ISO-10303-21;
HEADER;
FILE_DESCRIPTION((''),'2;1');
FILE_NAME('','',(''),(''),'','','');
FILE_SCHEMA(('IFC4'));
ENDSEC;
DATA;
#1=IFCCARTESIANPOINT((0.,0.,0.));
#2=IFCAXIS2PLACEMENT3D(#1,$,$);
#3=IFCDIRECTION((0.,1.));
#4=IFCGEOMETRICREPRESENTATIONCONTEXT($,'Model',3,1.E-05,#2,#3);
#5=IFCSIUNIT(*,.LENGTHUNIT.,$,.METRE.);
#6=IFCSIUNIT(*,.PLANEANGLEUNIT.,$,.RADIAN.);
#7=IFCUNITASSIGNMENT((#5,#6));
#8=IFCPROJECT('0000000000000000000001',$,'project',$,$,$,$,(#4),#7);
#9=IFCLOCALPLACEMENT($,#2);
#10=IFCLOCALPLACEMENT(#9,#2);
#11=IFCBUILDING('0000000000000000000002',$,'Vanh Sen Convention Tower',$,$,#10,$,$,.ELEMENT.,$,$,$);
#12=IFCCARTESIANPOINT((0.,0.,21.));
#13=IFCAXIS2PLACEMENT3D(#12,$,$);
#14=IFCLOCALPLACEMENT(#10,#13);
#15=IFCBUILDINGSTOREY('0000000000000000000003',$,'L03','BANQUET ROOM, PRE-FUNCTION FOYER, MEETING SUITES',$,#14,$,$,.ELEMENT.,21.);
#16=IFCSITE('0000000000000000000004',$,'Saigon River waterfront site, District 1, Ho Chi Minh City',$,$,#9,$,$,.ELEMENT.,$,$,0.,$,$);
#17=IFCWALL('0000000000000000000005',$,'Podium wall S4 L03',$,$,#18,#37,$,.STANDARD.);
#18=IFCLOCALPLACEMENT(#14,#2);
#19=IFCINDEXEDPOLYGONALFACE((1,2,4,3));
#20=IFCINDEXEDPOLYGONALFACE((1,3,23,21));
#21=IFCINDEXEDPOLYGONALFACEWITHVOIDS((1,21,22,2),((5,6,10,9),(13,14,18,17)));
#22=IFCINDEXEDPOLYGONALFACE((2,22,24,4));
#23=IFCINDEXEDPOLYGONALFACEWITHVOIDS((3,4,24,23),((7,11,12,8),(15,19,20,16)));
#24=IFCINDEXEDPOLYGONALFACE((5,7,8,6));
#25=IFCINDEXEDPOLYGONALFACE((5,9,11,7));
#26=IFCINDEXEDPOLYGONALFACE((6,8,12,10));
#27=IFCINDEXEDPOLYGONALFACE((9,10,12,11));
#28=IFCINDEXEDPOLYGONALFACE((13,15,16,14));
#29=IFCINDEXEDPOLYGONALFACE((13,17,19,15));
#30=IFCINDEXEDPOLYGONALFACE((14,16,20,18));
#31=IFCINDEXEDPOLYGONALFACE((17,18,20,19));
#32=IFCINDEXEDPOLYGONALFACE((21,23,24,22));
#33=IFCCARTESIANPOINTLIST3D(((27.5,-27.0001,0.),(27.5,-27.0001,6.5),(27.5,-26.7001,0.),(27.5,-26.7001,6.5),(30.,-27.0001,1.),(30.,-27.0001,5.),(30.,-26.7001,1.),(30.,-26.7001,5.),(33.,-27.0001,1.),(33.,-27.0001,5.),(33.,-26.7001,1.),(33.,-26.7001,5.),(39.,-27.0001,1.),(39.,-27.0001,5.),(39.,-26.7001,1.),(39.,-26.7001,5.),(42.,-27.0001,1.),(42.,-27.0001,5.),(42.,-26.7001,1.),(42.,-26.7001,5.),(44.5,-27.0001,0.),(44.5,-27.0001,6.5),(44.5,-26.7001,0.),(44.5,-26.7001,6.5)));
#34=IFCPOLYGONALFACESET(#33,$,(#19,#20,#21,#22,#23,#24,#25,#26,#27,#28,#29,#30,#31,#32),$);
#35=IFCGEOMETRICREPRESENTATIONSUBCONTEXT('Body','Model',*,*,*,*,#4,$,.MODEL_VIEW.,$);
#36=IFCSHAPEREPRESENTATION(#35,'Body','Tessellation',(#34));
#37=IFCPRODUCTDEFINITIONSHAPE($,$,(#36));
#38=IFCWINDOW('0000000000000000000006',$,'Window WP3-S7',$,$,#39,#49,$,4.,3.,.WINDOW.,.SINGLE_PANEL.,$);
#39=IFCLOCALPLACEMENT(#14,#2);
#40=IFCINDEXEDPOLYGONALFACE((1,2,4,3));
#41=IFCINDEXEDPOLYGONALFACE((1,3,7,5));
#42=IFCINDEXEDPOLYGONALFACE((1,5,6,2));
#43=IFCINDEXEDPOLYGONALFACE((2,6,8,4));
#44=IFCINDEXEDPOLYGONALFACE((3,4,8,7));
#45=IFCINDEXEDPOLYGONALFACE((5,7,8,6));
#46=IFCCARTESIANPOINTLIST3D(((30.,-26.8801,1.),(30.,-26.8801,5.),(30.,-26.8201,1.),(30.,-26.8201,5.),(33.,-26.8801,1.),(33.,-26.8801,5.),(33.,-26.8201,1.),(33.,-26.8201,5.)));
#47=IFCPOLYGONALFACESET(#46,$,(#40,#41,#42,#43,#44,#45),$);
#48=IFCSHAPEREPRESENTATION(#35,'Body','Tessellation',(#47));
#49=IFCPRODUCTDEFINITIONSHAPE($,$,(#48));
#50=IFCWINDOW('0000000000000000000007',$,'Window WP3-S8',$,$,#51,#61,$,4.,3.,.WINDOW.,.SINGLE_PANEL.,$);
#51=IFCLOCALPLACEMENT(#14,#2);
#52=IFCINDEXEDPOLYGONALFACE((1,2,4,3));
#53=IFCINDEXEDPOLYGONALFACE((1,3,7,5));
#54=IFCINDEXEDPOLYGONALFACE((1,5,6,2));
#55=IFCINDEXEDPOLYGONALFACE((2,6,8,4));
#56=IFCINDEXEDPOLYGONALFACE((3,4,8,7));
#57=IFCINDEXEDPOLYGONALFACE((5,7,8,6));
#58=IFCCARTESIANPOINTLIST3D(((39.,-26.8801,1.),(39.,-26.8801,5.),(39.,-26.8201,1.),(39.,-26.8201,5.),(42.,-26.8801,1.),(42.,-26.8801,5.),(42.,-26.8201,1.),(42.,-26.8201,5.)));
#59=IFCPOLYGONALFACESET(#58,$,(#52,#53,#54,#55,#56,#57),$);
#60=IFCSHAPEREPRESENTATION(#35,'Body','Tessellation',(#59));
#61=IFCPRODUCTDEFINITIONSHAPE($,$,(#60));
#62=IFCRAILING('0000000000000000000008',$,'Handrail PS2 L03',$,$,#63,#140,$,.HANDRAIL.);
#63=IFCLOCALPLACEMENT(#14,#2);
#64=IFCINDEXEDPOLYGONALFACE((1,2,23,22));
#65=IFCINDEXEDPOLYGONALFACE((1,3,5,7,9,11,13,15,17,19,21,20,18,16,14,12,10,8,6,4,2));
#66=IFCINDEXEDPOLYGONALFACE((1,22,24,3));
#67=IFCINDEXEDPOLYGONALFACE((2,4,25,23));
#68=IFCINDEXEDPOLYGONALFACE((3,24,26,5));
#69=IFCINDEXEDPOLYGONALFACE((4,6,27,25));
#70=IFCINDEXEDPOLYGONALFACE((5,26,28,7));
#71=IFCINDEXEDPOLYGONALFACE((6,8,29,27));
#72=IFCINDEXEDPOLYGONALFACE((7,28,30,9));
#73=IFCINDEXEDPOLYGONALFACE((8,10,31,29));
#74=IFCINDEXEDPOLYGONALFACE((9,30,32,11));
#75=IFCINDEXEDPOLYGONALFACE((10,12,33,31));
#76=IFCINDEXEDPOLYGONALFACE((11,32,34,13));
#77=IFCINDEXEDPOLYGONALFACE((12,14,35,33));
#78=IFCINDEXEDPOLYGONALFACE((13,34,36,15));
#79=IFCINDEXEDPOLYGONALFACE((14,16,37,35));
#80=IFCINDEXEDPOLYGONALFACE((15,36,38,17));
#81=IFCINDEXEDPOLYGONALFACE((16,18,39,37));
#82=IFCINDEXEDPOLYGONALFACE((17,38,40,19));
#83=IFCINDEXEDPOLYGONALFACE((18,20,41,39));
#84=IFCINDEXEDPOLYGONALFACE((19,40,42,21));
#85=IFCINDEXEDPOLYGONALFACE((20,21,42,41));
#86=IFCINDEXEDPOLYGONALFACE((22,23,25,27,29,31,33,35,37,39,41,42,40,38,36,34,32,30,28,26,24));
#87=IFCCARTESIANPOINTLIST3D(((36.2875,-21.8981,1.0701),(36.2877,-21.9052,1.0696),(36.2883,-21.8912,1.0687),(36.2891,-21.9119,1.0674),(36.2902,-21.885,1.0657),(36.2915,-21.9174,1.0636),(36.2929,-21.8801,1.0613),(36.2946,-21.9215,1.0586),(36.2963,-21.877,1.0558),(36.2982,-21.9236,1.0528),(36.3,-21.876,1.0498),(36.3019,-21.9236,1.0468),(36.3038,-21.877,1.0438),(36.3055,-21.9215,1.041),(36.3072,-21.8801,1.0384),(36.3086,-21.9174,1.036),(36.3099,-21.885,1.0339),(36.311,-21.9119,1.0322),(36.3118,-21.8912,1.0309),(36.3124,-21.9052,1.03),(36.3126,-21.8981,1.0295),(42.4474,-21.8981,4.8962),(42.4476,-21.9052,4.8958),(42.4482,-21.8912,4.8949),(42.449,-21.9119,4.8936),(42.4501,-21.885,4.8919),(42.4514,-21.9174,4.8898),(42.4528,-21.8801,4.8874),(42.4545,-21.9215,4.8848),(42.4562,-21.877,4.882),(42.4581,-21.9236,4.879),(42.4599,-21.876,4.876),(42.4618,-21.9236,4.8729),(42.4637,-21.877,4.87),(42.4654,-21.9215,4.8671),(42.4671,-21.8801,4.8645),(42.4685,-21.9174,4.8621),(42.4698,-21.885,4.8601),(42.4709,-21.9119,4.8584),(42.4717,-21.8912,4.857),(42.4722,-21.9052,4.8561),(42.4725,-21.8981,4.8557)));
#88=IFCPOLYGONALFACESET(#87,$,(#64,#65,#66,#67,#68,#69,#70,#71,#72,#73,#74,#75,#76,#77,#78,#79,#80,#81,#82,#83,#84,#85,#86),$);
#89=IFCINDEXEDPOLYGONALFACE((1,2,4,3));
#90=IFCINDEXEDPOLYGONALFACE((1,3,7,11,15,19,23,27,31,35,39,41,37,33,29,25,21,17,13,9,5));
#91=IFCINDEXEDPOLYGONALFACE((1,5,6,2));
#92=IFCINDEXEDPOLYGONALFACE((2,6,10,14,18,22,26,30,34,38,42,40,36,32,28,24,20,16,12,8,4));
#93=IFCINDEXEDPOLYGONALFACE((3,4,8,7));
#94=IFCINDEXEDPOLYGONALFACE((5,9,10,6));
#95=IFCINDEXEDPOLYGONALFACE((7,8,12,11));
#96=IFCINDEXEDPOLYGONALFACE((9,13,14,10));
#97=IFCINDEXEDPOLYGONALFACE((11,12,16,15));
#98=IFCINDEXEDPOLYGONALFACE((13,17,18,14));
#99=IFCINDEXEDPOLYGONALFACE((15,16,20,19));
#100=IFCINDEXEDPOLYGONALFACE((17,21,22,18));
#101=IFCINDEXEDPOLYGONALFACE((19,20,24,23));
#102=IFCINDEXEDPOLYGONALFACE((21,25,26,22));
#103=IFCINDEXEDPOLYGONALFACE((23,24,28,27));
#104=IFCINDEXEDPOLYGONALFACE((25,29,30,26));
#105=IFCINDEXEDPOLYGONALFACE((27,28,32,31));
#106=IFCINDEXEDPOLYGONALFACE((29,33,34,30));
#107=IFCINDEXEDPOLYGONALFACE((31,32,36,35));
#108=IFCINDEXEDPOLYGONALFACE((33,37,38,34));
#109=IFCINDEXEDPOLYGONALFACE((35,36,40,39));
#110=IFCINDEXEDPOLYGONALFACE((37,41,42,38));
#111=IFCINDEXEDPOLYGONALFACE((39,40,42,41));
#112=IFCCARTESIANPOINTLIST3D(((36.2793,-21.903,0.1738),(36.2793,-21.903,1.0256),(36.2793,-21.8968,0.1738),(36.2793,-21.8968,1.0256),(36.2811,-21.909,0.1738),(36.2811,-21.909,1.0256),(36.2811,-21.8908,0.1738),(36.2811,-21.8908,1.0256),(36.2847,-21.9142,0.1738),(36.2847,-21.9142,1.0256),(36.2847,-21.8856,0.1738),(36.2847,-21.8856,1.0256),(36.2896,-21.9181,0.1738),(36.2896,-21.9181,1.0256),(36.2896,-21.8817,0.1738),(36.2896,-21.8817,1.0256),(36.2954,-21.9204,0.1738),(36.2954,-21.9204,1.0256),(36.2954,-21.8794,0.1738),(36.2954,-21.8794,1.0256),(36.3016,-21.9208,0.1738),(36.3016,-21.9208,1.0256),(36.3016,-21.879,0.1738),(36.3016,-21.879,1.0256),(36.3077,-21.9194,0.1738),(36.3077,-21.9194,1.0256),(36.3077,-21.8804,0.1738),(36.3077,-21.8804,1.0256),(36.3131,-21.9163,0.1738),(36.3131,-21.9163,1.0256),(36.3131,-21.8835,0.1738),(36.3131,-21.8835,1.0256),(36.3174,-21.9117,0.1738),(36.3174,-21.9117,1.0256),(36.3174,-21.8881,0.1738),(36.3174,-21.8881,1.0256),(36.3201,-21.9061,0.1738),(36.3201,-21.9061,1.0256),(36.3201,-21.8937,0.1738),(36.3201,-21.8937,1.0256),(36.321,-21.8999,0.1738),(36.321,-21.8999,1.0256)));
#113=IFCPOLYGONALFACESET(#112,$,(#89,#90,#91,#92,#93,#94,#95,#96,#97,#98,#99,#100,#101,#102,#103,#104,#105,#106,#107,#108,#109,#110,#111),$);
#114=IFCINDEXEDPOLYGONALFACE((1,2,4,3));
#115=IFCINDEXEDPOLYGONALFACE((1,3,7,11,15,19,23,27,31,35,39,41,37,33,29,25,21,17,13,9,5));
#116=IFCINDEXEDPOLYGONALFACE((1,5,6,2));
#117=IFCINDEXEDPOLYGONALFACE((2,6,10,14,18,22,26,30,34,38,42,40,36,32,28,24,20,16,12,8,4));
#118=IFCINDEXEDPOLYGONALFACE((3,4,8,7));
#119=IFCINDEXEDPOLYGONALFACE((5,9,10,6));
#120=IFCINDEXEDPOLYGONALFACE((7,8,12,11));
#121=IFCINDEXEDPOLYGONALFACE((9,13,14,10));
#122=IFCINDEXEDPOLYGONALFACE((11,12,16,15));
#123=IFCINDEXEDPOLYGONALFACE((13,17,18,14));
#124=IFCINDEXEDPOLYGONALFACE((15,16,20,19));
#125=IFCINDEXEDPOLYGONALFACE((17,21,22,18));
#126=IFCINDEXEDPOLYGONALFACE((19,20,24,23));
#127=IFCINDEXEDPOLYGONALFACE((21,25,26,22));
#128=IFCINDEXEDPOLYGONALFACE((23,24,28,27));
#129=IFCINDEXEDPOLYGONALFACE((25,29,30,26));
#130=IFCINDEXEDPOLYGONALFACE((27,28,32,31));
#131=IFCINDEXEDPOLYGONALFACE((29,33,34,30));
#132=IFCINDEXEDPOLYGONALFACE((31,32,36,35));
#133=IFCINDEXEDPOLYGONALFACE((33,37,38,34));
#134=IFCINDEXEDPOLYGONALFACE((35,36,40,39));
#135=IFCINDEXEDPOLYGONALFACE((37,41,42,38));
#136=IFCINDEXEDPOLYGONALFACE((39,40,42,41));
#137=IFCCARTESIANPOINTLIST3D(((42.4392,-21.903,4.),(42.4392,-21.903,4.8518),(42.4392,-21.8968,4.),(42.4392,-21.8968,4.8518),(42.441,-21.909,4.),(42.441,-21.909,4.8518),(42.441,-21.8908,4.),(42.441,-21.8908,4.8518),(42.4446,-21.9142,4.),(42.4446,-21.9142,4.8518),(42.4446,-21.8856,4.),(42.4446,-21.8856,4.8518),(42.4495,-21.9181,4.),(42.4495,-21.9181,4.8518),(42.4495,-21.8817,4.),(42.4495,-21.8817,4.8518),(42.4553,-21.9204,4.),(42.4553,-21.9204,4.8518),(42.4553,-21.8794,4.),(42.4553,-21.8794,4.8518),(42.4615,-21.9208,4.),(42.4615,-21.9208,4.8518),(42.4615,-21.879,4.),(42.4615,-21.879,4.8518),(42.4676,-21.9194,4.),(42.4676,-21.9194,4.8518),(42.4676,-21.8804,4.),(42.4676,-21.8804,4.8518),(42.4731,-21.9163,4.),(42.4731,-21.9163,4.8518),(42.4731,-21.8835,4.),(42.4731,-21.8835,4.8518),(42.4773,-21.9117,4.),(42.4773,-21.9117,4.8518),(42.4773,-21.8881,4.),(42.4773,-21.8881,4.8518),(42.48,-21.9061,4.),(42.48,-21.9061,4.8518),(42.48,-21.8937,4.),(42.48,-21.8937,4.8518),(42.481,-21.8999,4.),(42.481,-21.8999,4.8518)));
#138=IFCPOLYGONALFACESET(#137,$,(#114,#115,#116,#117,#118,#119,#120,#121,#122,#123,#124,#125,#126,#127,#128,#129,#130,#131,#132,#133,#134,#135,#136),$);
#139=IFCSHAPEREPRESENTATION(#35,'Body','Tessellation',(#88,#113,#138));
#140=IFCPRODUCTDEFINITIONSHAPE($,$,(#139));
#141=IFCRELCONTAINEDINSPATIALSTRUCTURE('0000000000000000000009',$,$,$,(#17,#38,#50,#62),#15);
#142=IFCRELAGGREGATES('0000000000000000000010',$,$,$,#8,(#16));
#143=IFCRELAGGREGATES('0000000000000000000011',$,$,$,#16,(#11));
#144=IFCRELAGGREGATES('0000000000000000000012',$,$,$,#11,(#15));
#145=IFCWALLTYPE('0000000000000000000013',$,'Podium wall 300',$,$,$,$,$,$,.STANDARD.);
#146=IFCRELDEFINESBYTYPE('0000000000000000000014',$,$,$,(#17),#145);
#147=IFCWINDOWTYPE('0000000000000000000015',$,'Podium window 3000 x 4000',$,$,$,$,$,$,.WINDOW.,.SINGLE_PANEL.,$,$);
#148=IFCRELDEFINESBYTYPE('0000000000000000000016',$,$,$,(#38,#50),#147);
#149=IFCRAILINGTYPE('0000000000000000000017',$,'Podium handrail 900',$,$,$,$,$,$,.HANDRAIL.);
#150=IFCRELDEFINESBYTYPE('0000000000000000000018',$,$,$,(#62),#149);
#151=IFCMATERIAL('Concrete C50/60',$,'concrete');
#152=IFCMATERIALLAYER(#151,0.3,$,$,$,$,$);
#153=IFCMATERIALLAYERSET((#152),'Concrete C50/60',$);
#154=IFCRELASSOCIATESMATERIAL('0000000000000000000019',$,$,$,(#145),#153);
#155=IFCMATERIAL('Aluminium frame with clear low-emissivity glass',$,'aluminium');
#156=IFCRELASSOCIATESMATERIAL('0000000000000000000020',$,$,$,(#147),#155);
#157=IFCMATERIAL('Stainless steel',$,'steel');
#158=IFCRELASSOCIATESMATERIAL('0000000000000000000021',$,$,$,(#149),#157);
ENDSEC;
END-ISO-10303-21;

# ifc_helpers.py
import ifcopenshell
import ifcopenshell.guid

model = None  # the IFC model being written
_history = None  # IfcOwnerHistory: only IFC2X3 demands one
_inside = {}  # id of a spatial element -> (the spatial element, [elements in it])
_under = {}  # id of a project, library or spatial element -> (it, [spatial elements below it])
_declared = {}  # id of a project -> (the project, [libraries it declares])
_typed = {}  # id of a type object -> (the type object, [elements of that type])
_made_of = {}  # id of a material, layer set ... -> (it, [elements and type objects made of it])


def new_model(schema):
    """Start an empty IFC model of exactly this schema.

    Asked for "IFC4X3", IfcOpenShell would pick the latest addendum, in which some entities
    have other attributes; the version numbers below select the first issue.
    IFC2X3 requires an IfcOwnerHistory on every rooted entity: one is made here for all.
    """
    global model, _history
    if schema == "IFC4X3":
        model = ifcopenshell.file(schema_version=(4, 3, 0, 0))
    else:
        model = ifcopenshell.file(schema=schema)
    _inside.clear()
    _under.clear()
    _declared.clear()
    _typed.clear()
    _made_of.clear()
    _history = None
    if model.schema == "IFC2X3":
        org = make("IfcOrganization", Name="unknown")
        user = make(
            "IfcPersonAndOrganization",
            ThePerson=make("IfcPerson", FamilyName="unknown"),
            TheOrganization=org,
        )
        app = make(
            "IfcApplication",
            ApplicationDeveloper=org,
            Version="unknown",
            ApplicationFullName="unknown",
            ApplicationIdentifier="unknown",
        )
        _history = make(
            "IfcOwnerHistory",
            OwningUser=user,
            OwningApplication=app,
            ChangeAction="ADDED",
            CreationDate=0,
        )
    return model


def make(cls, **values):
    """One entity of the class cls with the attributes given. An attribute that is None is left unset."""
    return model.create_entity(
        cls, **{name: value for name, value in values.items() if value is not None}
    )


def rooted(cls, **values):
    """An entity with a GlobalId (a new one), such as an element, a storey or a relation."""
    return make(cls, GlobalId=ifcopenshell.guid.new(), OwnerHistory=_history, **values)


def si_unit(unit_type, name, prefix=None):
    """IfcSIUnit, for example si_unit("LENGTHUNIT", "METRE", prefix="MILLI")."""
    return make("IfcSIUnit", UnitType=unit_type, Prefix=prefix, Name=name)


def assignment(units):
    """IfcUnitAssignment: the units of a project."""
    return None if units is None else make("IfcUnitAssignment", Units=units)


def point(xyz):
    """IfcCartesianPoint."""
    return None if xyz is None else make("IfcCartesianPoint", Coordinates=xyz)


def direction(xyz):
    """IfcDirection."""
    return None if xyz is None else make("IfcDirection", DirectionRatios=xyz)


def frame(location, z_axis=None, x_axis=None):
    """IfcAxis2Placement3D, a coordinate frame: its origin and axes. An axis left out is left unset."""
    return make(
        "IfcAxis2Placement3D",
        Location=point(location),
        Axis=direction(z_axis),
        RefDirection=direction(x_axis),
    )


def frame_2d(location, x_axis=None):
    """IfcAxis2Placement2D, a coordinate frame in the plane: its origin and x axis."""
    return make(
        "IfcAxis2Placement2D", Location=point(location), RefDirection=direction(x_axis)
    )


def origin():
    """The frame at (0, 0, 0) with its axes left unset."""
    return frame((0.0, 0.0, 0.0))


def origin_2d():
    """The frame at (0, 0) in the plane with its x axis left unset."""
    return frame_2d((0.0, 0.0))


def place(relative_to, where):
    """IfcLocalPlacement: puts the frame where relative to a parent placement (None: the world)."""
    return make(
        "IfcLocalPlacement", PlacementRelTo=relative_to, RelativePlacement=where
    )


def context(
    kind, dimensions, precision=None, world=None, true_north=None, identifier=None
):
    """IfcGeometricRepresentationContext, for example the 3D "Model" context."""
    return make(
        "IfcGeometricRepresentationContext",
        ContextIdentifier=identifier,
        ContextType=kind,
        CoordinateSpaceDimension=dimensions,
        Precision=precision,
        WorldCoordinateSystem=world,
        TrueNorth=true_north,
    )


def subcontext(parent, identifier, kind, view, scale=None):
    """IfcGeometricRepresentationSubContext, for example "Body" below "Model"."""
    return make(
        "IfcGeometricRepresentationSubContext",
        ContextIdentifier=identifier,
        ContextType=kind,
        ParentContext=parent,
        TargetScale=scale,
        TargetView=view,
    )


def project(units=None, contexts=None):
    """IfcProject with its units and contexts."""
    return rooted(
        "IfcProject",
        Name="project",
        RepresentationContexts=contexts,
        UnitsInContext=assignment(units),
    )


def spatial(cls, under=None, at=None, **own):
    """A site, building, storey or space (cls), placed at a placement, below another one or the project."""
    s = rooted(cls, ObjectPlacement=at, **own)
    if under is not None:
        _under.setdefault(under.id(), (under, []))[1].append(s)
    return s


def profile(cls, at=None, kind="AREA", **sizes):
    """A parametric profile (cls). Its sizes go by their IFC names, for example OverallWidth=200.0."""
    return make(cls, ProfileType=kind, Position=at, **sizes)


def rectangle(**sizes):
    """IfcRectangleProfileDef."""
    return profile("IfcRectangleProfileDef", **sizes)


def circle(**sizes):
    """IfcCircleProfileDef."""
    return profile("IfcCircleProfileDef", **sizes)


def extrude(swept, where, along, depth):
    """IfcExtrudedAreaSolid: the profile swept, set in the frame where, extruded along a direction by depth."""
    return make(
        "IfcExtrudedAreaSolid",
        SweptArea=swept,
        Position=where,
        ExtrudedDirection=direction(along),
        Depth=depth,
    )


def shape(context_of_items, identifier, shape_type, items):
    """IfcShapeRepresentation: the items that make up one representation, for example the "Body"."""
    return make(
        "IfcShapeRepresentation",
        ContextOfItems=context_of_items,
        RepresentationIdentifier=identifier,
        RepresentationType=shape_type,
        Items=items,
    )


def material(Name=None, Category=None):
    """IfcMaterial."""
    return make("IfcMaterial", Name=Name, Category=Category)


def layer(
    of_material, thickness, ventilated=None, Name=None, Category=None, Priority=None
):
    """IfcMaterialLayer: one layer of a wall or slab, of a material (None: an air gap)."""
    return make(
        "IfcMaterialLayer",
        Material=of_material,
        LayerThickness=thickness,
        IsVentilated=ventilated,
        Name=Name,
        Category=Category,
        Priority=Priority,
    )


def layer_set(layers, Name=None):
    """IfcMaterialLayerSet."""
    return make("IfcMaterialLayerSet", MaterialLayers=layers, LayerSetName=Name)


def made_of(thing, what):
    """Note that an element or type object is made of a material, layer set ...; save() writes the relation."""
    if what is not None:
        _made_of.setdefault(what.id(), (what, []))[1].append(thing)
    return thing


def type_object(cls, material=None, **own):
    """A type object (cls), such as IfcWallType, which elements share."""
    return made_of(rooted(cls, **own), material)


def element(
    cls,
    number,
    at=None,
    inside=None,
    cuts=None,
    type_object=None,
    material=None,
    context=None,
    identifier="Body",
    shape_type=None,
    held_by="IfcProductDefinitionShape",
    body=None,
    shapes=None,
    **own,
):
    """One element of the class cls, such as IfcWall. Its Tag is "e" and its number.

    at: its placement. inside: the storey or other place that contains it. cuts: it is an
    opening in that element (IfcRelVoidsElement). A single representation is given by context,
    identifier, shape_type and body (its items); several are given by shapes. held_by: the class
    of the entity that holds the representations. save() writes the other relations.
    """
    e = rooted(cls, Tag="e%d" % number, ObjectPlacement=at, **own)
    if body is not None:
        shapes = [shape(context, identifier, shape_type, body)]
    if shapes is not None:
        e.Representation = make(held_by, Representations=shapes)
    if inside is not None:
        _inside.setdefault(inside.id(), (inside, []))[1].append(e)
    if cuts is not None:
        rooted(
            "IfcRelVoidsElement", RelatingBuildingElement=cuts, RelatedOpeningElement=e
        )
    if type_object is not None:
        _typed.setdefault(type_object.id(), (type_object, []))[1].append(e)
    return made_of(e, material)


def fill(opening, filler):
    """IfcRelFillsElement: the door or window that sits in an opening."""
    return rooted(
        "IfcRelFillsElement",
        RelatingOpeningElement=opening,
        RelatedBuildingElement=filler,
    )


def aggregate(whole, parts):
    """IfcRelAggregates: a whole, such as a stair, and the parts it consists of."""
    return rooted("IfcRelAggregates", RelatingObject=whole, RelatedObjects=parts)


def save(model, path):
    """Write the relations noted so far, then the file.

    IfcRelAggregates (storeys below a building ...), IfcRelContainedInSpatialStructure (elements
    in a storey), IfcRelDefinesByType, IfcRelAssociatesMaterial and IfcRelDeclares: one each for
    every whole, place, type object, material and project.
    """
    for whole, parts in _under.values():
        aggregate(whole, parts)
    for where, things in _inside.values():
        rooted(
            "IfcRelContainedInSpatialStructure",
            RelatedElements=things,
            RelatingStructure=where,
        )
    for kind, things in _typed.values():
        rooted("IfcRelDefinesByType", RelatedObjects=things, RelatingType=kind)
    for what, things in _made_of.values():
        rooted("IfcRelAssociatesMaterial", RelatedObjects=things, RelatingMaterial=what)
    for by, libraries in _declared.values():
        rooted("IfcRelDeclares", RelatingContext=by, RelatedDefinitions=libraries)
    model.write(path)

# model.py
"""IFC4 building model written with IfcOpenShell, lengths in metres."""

from ifc_helpers import new_model, si_unit, direction, frame, frame_2d, origin, origin_2d, place, context, subcontext, project, spatial, rectangle, circle, extrude, material, layer, layer_set, type_object, element, fill, save


model = new_model("IFC4")

# Units and contexts
model_context = context("Model", 3, precision=1e-05, world=origin(), true_north=direction((0.0, 1.0)))
body_context = subcontext(model_context, "Body", "Model", "MODEL_VIEW")
ifc_project = project(units=[si_unit("LENGTHUNIT", "METRE"), si_unit("PLANEANGLEUNIT", "RADIAN")], contexts=[model_context])

# Site, building, storey
site_placement = place(None, origin())
site = spatial("IfcSite", under=ifc_project, at=site_placement, Name="Saigon River waterfront site, District 1, Ho Chi Minh City", CompositionType="ELEMENT", RefElevation=0.0)
building_placement = place(site_placement, origin())
building = spatial("IfcBuilding", under=site, at=building_placement, Name="Vanh Sen Convention Tower", CompositionType="ELEMENT")
storey_placement = place(building_placement, frame((0.0, 0.0, 21.0)))
storey = spatial("IfcBuildingStorey", under=building, at=storey_placement, Name="L03", Description="BANQUET ROOM, PRE-FUNCTION FOYER, MEETING SUITES", CompositionType="ELEMENT", Elevation=21.0)

# Wall, openings, windows
ifc_material_1 = material(Name="Concrete C50/60", Category="concrete")
ifc_layer_1 = layer(ifc_material_1, 0.3)
ifc_layer_set_1 = layer_set([ifc_layer_1], Name="Concrete C50/60")
wall_type_1 = type_object("IfcWallType", Name="Podium wall 300", PredefinedType="STANDARD", material=ifc_layer_set_1)
wall_1_placement = place(storey_placement, frame((27.5, -26.8501, 0.0), z_axis=(0.0, 0.0, 1.0), x_axis=(1.0, 0.0, 0.0)))
wall_1 = element("IfcWall", 1, at=wall_1_placement, inside=storey, type_object=wall_type_1, Name="Podium wall S4 L03", PredefinedType="STANDARD", context=body_context, shape_type="SweptSolid", body=[
    extrude(rectangle(XDim=17.0, YDim=0.3, at=frame_2d((8.5, 0.0))), origin(), (0.0, 0.0, 1.0), 6.5),
])
opening_1_placement = place(wall_1_placement, frame((2.5, 0.0, 1.0)))
opening_1 = element("IfcOpeningElement", 2, at=opening_1_placement, cuts=wall_1, PredefinedType="OPENING", context=body_context, shape_type="SweptSolid", body=[
    extrude(rectangle(XDim=3.0, YDim=4.0, at=frame_2d((1.5, 2.0))), frame((0.0, 0.1599, 0.0), z_axis=(0.0, -1.0, 0.0), x_axis=(1.0, 0.0, 0.0)), (0.0, 0.0, 1.0), 0.3201),
])
opening_2_placement = place(wall_1_placement, frame((11.5, 0.0, 1.0)))
opening_2 = element("IfcOpeningElement", 3, at=opening_2_placement, cuts=wall_1, PredefinedType="OPENING", context=body_context, shape_type="SweptSolid", body=[
    extrude(rectangle(XDim=3.0, YDim=4.0, at=frame_2d((1.5, 2.0))), frame((0.0, 0.1599, 0.0), z_axis=(0.0, -1.0, 0.0), x_axis=(1.0, 0.0, 0.0)), (0.0, 0.0, 1.0), 0.3201),
])
ifc_material_2 = material(Name="Aluminium frame with clear low-emissivity glass", Category="aluminium")
window_type = type_object("IfcWindowType", Name="Podium window 3000 x 4000", PartitioningType="SINGLE_PANEL", PredefinedType="WINDOW", material=ifc_material_2)
window_1_placement = place(opening_1_placement, origin())
window_1 = element("IfcWindow", 4, at=window_1_placement, inside=storey, type_object=window_type, Name="Window WP3-S7", OverallHeight=4.0, OverallWidth=3.0, PartitioningType="SINGLE_PANEL", PredefinedType="WINDOW", context=body_context, shape_type="SweptSolid", body=[
    extrude(rectangle(XDim=3.0, YDim=4.0, at=frame_2d((1.5, 2.0))), frame((0.0, 0.03, 0.0), z_axis=(0.0, -1.0, 0.0), x_axis=(1.0, 0.0, 0.0)), (0.0, 0.0, 1.0), 0.0601),
])
fill(opening_1, window_1)
window_2_placement = place(opening_2_placement, origin())
window_2 = element("IfcWindow", 5, at=window_2_placement, inside=storey, type_object=window_type, Name="Window WP3-S8", OverallHeight=4.0, OverallWidth=3.0, PartitioningType="SINGLE_PANEL", PredefinedType="WINDOW", context=body_context, shape_type="SweptSolid", body=[
    extrude(rectangle(XDim=3.0, YDim=4.0, at=frame_2d((1.5, 2.0))), frame((0.0, 0.03, 0.0), z_axis=(0.0, -1.0, 0.0), x_axis=(1.0, 0.0, 0.0)), (0.0, 0.0, 1.0), 0.0601),
])
fill(opening_2, window_2)

# Railing
ifc_material_3 = material(Name="Stainless steel", Category="steel")
railing_type = type_object("IfcRailingType", Name="Podium handrail 900", PredefinedType="HANDRAIL", material=ifc_material_3)
for number, where, name in (
    (6, (36.3, -21.8999, 0.1738), "Handrail PS2 L03"),
):
    element("IfcRailing", number, at=place(storey_placement, frame(where)), inside=storey, type_object=railing_type, Name=name, PredefinedType="HANDRAIL", context=body_context, shape_type="SweptSolid", body=[
        extrude(circle(Radius=0.0239, at=origin_2d()), frame((0.0, 0.0, 0.876), z_axis=(0.849468, 0.0, 0.527639), x_axis=(0.0, 1.0, 0.0)), (0.0, 0.0, 1.0), 7.2515),
        extrude(circle(Radius=0.021, at=origin_2d()), origin(), (0.0, 0.0, 1.0), 0.8518),
        extrude(circle(Radius=0.021, at=origin_2d()), frame((6.1599, 0.0, 3.8262)), (0.0, 0.0, 1.0), 0.8518),
    ])

save(model, "model.ifc")
